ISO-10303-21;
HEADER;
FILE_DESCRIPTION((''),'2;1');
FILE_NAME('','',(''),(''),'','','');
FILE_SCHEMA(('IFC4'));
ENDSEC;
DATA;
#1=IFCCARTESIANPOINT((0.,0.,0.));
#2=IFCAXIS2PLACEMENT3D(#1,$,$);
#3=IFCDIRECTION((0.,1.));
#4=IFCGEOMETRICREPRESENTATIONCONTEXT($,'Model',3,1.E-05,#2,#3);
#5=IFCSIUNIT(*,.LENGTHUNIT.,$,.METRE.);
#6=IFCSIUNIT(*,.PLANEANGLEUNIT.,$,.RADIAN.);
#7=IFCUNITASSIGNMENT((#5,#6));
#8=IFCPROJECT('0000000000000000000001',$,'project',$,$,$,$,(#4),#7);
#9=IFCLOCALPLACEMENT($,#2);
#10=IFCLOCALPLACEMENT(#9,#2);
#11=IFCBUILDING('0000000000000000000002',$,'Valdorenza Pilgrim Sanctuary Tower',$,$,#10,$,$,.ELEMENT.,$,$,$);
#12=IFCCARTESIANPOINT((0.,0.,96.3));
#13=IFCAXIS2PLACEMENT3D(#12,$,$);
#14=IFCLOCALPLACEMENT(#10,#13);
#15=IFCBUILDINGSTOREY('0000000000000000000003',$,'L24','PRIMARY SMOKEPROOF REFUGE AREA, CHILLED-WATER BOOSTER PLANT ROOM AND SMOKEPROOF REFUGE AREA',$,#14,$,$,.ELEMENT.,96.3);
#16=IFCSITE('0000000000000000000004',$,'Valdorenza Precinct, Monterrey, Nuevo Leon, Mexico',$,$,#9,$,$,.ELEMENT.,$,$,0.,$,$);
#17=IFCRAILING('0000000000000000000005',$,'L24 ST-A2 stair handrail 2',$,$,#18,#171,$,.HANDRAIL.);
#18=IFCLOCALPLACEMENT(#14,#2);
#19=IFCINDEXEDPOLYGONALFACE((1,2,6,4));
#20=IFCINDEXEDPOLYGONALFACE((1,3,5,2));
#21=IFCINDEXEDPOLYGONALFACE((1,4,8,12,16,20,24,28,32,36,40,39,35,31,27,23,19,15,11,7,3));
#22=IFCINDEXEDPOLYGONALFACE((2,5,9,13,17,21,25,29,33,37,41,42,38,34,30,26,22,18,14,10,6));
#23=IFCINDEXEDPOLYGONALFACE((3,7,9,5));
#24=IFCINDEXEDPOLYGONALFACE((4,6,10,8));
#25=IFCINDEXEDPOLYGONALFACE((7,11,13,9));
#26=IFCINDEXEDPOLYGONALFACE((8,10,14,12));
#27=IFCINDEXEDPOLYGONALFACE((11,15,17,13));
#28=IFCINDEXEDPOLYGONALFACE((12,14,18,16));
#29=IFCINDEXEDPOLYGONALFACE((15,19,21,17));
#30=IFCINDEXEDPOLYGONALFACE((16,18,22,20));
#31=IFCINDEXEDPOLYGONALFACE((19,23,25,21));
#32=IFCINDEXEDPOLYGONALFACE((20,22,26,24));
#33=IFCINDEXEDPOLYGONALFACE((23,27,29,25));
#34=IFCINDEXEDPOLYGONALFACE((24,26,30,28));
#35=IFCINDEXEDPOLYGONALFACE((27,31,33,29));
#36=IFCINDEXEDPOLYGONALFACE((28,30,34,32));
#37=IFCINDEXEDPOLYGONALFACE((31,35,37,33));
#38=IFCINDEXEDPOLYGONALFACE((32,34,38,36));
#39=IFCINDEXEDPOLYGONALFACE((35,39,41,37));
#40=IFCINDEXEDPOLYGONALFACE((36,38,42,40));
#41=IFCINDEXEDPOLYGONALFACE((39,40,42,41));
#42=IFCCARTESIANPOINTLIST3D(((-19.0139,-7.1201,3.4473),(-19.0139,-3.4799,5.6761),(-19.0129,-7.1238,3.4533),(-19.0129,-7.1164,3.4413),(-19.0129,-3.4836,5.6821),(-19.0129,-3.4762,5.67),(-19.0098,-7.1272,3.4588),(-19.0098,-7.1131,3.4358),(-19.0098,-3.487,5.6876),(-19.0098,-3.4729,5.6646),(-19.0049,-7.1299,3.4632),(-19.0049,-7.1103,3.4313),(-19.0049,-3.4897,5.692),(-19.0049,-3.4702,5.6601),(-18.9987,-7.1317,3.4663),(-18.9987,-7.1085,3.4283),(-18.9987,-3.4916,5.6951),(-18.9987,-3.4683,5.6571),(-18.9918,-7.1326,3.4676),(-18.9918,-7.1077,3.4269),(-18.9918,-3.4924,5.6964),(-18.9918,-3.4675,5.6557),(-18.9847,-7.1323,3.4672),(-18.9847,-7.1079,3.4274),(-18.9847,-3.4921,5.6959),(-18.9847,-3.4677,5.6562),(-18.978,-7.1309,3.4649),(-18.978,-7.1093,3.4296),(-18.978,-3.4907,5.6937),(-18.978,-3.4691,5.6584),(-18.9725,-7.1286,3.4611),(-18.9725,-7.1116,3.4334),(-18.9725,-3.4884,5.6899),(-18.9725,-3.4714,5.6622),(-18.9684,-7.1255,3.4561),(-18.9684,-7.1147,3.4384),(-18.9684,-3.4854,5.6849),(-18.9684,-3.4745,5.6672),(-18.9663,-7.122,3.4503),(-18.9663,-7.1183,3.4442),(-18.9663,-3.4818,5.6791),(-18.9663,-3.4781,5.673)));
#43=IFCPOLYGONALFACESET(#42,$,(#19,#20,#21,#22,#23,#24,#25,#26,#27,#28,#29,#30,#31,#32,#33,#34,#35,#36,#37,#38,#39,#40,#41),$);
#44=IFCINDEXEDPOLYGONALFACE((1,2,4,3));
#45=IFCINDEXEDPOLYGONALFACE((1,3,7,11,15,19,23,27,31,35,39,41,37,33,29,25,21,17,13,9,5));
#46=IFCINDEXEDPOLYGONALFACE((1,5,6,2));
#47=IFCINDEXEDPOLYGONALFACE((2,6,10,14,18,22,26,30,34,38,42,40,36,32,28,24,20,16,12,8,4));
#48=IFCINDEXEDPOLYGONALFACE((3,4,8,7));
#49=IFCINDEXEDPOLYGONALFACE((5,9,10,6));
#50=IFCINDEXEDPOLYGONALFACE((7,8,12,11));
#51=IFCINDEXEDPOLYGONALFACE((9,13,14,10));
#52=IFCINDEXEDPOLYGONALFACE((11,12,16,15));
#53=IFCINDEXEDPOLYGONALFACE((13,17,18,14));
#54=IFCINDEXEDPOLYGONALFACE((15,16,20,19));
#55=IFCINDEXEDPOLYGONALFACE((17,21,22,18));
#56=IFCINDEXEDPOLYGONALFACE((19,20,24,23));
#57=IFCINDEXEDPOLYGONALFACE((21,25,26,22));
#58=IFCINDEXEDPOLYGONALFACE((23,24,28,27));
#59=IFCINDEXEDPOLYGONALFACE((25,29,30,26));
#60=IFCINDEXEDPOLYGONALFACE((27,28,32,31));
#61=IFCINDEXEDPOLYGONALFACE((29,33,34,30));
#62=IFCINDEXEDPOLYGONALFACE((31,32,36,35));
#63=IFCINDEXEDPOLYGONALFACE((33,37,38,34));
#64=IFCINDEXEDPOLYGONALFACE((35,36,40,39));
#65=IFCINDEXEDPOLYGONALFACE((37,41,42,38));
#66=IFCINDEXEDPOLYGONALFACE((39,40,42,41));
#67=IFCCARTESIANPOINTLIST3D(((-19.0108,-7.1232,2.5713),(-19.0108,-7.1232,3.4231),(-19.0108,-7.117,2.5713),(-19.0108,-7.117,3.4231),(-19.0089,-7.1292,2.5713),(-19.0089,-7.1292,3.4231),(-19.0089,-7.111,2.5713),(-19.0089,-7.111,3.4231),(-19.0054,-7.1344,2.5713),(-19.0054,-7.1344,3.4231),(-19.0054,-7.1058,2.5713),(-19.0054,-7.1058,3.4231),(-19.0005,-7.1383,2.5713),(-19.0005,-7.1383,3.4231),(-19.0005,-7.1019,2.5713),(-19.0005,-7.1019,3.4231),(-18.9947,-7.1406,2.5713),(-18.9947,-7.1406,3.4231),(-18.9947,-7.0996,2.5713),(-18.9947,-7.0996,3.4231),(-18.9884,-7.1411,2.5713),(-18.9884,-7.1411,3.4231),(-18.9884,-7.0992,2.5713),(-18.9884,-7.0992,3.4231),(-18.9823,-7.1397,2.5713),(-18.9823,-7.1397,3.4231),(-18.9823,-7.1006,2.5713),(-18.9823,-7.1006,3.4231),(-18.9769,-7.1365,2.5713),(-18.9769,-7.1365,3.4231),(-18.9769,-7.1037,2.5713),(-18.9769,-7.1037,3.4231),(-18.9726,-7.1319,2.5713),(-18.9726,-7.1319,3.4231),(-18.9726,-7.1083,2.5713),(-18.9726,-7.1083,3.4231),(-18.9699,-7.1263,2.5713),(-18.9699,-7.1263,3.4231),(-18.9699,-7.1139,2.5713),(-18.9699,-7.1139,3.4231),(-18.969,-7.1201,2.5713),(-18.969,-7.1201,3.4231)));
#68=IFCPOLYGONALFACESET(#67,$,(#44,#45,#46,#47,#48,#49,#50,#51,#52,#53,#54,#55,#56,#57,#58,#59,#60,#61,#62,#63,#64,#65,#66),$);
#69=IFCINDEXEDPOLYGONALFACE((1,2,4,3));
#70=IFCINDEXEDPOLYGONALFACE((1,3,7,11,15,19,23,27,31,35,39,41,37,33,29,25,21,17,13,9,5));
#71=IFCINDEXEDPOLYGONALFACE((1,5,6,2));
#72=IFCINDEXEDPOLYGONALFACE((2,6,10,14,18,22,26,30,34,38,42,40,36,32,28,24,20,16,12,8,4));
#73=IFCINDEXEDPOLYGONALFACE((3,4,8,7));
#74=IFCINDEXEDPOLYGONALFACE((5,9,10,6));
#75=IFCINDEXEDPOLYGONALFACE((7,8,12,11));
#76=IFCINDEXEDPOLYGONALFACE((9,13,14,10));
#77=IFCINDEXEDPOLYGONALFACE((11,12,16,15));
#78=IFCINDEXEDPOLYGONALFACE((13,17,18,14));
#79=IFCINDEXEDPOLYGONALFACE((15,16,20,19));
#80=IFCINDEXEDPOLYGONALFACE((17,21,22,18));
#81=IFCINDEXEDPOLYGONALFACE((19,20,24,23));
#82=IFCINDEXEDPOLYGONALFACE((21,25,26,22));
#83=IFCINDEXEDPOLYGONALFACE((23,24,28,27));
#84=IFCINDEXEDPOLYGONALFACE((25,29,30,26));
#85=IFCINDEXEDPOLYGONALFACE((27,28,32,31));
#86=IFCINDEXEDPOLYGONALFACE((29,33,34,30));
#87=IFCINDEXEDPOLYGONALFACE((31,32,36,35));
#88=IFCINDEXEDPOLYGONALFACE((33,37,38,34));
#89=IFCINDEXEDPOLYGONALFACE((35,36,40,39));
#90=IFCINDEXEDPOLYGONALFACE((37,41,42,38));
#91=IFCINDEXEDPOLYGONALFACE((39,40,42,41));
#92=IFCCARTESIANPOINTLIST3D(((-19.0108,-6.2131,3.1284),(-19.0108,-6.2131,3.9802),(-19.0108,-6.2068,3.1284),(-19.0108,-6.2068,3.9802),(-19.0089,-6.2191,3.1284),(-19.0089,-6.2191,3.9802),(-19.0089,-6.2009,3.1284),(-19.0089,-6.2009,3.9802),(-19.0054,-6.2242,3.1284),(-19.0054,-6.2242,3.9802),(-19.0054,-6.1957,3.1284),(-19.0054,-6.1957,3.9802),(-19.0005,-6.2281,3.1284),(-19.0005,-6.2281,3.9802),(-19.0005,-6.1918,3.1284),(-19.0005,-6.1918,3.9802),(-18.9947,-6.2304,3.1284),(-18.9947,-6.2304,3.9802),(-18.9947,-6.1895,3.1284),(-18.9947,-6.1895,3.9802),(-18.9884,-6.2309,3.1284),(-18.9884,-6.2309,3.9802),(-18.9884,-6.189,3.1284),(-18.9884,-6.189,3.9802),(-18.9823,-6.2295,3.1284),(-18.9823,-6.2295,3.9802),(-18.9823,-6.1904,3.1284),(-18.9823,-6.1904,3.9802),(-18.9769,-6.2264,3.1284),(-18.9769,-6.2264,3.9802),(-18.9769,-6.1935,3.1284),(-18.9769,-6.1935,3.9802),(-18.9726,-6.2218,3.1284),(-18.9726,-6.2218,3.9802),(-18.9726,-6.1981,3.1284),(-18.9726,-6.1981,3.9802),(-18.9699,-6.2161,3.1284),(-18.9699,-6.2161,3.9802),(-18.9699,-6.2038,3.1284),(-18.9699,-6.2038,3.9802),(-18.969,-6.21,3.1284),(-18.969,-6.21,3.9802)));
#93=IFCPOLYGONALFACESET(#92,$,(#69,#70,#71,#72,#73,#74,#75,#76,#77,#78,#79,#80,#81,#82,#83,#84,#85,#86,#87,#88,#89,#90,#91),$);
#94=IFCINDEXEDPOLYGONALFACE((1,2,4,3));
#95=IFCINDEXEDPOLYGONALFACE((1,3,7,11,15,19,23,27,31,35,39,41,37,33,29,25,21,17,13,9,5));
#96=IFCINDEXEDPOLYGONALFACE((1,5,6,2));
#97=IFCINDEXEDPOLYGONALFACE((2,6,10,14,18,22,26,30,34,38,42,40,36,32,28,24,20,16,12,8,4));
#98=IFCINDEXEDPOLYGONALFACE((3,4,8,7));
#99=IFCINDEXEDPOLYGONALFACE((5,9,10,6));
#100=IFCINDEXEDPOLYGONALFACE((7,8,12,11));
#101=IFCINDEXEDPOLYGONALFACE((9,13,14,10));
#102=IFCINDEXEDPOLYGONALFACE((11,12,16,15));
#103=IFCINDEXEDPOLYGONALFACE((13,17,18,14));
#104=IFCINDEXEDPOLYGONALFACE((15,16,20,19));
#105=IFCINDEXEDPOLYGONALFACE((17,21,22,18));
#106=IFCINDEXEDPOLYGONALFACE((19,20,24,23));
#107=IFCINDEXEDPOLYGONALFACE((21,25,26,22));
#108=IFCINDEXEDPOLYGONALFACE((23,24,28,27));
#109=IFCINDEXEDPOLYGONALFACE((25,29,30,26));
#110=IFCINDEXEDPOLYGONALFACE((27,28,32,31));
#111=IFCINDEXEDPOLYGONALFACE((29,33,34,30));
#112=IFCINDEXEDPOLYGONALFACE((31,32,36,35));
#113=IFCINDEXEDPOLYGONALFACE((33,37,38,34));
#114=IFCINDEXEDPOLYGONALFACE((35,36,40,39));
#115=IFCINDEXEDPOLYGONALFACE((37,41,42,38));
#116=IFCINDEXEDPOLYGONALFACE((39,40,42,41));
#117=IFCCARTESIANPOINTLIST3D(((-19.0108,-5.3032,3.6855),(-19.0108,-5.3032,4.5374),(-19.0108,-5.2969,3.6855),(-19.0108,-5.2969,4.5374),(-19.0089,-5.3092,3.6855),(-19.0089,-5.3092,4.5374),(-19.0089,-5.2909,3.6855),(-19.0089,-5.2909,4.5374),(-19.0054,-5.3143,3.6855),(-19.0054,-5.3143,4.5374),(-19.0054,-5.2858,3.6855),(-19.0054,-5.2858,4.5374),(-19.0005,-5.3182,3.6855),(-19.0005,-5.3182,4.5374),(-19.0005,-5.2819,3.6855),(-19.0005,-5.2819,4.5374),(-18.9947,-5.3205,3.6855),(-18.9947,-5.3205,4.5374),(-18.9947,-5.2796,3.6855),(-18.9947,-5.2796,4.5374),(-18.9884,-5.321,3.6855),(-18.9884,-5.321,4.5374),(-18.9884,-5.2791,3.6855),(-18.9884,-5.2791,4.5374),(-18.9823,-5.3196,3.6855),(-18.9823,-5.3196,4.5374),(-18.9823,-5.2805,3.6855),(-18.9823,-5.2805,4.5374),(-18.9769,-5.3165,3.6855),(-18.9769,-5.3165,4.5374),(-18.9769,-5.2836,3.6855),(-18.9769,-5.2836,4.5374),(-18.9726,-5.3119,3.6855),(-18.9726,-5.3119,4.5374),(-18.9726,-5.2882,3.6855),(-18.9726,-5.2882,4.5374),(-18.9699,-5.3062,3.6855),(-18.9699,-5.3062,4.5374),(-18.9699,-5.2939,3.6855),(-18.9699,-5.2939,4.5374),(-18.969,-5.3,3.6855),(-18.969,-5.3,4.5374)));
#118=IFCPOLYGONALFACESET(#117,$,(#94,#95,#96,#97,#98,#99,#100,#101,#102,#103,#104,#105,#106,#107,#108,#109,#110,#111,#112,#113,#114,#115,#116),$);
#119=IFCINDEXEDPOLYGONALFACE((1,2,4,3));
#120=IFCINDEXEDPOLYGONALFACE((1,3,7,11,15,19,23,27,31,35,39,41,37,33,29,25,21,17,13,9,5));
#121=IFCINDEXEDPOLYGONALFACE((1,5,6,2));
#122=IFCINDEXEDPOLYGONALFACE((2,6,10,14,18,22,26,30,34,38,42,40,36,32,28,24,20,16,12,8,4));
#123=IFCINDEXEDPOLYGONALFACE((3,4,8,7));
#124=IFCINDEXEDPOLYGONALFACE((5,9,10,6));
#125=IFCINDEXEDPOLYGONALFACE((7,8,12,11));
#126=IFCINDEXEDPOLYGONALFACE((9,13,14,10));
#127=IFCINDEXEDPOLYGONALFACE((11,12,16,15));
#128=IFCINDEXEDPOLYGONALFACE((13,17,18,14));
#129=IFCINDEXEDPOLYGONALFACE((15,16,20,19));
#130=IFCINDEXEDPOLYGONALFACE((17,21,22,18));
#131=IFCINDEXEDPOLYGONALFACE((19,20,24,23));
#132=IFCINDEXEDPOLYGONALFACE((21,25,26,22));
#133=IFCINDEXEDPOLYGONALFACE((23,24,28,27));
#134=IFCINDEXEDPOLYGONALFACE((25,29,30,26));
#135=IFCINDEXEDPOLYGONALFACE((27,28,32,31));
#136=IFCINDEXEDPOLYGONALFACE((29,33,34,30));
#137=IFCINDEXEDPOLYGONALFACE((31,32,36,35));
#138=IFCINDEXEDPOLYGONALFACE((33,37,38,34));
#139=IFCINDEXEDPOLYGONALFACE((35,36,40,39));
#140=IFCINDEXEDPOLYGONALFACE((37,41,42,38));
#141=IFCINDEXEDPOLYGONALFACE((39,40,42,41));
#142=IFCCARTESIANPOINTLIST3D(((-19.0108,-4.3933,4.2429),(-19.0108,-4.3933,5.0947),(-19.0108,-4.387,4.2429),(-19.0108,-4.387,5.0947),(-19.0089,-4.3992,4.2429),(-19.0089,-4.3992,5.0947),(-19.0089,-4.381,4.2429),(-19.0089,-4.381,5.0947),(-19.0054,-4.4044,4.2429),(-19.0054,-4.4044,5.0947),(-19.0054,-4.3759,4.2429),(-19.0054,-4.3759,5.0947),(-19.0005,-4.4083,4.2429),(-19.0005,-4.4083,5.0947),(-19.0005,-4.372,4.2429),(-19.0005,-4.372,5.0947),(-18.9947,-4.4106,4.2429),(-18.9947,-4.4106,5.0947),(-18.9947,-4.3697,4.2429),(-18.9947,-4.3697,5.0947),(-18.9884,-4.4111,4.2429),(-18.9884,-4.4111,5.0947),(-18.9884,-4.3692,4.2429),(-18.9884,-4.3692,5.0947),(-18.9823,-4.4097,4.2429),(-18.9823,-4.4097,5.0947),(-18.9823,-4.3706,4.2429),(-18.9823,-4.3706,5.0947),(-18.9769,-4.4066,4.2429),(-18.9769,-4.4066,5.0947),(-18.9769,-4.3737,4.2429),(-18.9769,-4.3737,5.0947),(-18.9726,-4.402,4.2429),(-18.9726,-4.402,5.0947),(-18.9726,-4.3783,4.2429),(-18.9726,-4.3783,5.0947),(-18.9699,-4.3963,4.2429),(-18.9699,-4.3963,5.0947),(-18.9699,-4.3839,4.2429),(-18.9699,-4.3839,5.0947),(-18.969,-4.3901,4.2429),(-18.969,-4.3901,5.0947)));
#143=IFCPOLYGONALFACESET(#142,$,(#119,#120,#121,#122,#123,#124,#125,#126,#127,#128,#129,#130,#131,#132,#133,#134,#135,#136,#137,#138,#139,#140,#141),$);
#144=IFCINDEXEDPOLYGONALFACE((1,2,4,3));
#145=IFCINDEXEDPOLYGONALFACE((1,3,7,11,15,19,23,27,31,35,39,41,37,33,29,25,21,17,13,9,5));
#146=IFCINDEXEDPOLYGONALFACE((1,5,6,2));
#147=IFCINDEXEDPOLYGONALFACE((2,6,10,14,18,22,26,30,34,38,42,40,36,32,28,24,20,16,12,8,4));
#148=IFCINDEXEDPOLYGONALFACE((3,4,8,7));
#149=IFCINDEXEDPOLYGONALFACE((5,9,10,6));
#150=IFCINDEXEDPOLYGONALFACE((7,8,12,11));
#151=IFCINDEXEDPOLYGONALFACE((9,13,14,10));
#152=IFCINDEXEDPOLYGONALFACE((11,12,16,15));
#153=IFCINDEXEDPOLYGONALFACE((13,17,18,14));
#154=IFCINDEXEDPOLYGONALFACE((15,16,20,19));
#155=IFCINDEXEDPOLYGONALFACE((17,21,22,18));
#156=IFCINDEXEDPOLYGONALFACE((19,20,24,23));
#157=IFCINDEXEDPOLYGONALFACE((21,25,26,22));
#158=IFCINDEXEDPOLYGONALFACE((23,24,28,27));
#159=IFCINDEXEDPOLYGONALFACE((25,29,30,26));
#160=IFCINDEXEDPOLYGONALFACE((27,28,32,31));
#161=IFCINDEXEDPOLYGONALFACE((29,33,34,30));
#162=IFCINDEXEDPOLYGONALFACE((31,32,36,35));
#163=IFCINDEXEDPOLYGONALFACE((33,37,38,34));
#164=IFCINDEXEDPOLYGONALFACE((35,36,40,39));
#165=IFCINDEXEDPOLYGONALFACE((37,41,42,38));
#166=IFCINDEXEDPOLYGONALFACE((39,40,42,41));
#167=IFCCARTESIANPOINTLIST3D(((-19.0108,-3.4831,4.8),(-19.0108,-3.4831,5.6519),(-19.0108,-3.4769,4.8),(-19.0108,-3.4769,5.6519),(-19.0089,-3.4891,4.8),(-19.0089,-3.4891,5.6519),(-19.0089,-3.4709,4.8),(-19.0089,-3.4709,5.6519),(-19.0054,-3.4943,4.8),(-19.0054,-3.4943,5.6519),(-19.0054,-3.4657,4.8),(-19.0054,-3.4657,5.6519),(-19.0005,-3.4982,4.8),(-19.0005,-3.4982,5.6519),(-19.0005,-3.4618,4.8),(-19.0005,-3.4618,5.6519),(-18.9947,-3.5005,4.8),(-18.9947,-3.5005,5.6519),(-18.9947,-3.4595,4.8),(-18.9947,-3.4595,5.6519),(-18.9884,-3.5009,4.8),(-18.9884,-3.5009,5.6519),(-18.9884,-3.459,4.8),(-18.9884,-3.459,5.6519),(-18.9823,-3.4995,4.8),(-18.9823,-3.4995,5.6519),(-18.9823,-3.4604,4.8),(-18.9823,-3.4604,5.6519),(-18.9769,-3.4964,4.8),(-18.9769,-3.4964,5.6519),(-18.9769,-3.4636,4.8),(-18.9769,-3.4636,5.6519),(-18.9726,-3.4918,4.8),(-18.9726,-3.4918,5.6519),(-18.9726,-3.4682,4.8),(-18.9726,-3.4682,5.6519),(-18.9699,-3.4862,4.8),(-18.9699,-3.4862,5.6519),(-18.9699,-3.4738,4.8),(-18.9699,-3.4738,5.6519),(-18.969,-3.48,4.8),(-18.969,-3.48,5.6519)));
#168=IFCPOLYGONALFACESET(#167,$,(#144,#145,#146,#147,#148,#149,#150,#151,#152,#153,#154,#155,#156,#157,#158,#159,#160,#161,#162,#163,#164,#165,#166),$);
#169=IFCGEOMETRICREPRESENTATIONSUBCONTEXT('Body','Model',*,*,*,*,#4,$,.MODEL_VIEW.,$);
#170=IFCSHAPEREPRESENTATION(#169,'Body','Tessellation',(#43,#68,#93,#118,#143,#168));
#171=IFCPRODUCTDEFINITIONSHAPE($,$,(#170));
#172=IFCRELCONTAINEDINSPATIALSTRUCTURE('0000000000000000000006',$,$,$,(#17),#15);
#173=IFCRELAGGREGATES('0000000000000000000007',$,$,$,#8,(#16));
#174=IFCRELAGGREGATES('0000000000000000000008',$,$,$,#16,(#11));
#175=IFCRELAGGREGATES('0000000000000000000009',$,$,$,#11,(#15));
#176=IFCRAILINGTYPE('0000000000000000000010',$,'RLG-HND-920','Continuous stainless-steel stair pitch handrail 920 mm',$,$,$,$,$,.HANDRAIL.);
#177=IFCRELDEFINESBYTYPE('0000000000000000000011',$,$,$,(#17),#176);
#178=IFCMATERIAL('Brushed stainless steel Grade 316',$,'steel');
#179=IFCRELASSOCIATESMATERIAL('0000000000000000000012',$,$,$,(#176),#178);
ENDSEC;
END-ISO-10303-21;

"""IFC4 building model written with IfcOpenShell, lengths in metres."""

from ifc_helpers import new_model, si_unit, direction, frame, origin, origin_2d, place, context, subcontext, project, spatial, circle, extrude, material, type_object, element, save


model = new_model("IFC4")

# Units and contexts
model_context = context("Model", 3, precision=1e-05, world=origin(), true_north=direction((0.0, 1.0)))
body_context = subcontext(model_context, "Body", "Model", "MODEL_VIEW")
ifc_project = project(units=[si_unit("LENGTHUNIT", "METRE"), si_unit("PLANEANGLEUNIT", "RADIAN")], contexts=[model_context])

# Site, building, storey
site_placement = place(None, origin())
site = spatial("IfcSite", under=ifc_project, at=site_placement, Name="Valdorenza Precinct, Monterrey, Nuevo Leon, Mexico", CompositionType="ELEMENT", RefElevation=0.0)
building_placement = place(site_placement, origin())
building = spatial("IfcBuilding", under=site, at=building_placement, Name="Valdorenza Pilgrim Sanctuary Tower", CompositionType="ELEMENT")
storey_placement = place(building_placement, frame((0.0, 0.0, 96.3)))
storey = spatial("IfcBuildingStorey", under=building, at=storey_placement, Name="L24", Description="PRIMARY SMOKEPROOF REFUGE AREA, CHILLED-WATER BOOSTER PLANT ROOM AND SMOKEPROOF REFUGE AREA", CompositionType="ELEMENT", Elevation=96.3)

# Shared definitions
ifc_material_1 = material(Name="Brushed stainless steel Grade 316", Category="steel")

# Railing
railing_type_1 = type_object("IfcRailingType", Name="RLG-HND-920", Description="Continuous stainless-steel stair pitch handrail 920 mm", PredefinedType="HANDRAIL", material=ifc_material_1)
railing_1_placement = place(storey_placement, frame((-18.99, -7.1201, 2.5713)))
element("IfcRailing", 1, at=railing_1_placement, inside=storey, type_object=railing_type_1, Name="L24 ST-A2 stair handrail 2", PredefinedType="HANDRAIL", context=body_context, shape_type="SweptSolid", body=[
    extrude(circle(Radius=0.0239, at=origin_2d()), frame((0.0, 0.0, 0.876), z_axis=(0.0, 0.85284, 0.522172), x_axis=(-1.0, 0.0, 0.0)), (0.0, 0.0, 1.0), 4.2683),
    extrude(circle(Radius=0.021, at=origin_2d()), origin(), (0.0, 0.0, 1.0), 0.8518),
    extrude(circle(Radius=0.021, at=origin_2d()), frame((0.0, 0.9102, 0.5571)), (0.0, 0.0, 1.0), 0.8518),
    extrude(circle(Radius=0.021, at=origin_2d()), frame((0.0, 1.8201, 1.1143)), (0.0, 0.0, 1.0), 0.8518),
    extrude(circle(Radius=0.021, at=origin_2d()), frame((0.0, 2.73, 1.6716)), (0.0, 0.0, 1.0), 0.8518),
    extrude(circle(Radius=0.021, at=origin_2d()), frame((0.0, 3.6401, 2.2288)), (0.0, 0.0, 1.0), 0.8518),
])

save(model, "model.ifc")
